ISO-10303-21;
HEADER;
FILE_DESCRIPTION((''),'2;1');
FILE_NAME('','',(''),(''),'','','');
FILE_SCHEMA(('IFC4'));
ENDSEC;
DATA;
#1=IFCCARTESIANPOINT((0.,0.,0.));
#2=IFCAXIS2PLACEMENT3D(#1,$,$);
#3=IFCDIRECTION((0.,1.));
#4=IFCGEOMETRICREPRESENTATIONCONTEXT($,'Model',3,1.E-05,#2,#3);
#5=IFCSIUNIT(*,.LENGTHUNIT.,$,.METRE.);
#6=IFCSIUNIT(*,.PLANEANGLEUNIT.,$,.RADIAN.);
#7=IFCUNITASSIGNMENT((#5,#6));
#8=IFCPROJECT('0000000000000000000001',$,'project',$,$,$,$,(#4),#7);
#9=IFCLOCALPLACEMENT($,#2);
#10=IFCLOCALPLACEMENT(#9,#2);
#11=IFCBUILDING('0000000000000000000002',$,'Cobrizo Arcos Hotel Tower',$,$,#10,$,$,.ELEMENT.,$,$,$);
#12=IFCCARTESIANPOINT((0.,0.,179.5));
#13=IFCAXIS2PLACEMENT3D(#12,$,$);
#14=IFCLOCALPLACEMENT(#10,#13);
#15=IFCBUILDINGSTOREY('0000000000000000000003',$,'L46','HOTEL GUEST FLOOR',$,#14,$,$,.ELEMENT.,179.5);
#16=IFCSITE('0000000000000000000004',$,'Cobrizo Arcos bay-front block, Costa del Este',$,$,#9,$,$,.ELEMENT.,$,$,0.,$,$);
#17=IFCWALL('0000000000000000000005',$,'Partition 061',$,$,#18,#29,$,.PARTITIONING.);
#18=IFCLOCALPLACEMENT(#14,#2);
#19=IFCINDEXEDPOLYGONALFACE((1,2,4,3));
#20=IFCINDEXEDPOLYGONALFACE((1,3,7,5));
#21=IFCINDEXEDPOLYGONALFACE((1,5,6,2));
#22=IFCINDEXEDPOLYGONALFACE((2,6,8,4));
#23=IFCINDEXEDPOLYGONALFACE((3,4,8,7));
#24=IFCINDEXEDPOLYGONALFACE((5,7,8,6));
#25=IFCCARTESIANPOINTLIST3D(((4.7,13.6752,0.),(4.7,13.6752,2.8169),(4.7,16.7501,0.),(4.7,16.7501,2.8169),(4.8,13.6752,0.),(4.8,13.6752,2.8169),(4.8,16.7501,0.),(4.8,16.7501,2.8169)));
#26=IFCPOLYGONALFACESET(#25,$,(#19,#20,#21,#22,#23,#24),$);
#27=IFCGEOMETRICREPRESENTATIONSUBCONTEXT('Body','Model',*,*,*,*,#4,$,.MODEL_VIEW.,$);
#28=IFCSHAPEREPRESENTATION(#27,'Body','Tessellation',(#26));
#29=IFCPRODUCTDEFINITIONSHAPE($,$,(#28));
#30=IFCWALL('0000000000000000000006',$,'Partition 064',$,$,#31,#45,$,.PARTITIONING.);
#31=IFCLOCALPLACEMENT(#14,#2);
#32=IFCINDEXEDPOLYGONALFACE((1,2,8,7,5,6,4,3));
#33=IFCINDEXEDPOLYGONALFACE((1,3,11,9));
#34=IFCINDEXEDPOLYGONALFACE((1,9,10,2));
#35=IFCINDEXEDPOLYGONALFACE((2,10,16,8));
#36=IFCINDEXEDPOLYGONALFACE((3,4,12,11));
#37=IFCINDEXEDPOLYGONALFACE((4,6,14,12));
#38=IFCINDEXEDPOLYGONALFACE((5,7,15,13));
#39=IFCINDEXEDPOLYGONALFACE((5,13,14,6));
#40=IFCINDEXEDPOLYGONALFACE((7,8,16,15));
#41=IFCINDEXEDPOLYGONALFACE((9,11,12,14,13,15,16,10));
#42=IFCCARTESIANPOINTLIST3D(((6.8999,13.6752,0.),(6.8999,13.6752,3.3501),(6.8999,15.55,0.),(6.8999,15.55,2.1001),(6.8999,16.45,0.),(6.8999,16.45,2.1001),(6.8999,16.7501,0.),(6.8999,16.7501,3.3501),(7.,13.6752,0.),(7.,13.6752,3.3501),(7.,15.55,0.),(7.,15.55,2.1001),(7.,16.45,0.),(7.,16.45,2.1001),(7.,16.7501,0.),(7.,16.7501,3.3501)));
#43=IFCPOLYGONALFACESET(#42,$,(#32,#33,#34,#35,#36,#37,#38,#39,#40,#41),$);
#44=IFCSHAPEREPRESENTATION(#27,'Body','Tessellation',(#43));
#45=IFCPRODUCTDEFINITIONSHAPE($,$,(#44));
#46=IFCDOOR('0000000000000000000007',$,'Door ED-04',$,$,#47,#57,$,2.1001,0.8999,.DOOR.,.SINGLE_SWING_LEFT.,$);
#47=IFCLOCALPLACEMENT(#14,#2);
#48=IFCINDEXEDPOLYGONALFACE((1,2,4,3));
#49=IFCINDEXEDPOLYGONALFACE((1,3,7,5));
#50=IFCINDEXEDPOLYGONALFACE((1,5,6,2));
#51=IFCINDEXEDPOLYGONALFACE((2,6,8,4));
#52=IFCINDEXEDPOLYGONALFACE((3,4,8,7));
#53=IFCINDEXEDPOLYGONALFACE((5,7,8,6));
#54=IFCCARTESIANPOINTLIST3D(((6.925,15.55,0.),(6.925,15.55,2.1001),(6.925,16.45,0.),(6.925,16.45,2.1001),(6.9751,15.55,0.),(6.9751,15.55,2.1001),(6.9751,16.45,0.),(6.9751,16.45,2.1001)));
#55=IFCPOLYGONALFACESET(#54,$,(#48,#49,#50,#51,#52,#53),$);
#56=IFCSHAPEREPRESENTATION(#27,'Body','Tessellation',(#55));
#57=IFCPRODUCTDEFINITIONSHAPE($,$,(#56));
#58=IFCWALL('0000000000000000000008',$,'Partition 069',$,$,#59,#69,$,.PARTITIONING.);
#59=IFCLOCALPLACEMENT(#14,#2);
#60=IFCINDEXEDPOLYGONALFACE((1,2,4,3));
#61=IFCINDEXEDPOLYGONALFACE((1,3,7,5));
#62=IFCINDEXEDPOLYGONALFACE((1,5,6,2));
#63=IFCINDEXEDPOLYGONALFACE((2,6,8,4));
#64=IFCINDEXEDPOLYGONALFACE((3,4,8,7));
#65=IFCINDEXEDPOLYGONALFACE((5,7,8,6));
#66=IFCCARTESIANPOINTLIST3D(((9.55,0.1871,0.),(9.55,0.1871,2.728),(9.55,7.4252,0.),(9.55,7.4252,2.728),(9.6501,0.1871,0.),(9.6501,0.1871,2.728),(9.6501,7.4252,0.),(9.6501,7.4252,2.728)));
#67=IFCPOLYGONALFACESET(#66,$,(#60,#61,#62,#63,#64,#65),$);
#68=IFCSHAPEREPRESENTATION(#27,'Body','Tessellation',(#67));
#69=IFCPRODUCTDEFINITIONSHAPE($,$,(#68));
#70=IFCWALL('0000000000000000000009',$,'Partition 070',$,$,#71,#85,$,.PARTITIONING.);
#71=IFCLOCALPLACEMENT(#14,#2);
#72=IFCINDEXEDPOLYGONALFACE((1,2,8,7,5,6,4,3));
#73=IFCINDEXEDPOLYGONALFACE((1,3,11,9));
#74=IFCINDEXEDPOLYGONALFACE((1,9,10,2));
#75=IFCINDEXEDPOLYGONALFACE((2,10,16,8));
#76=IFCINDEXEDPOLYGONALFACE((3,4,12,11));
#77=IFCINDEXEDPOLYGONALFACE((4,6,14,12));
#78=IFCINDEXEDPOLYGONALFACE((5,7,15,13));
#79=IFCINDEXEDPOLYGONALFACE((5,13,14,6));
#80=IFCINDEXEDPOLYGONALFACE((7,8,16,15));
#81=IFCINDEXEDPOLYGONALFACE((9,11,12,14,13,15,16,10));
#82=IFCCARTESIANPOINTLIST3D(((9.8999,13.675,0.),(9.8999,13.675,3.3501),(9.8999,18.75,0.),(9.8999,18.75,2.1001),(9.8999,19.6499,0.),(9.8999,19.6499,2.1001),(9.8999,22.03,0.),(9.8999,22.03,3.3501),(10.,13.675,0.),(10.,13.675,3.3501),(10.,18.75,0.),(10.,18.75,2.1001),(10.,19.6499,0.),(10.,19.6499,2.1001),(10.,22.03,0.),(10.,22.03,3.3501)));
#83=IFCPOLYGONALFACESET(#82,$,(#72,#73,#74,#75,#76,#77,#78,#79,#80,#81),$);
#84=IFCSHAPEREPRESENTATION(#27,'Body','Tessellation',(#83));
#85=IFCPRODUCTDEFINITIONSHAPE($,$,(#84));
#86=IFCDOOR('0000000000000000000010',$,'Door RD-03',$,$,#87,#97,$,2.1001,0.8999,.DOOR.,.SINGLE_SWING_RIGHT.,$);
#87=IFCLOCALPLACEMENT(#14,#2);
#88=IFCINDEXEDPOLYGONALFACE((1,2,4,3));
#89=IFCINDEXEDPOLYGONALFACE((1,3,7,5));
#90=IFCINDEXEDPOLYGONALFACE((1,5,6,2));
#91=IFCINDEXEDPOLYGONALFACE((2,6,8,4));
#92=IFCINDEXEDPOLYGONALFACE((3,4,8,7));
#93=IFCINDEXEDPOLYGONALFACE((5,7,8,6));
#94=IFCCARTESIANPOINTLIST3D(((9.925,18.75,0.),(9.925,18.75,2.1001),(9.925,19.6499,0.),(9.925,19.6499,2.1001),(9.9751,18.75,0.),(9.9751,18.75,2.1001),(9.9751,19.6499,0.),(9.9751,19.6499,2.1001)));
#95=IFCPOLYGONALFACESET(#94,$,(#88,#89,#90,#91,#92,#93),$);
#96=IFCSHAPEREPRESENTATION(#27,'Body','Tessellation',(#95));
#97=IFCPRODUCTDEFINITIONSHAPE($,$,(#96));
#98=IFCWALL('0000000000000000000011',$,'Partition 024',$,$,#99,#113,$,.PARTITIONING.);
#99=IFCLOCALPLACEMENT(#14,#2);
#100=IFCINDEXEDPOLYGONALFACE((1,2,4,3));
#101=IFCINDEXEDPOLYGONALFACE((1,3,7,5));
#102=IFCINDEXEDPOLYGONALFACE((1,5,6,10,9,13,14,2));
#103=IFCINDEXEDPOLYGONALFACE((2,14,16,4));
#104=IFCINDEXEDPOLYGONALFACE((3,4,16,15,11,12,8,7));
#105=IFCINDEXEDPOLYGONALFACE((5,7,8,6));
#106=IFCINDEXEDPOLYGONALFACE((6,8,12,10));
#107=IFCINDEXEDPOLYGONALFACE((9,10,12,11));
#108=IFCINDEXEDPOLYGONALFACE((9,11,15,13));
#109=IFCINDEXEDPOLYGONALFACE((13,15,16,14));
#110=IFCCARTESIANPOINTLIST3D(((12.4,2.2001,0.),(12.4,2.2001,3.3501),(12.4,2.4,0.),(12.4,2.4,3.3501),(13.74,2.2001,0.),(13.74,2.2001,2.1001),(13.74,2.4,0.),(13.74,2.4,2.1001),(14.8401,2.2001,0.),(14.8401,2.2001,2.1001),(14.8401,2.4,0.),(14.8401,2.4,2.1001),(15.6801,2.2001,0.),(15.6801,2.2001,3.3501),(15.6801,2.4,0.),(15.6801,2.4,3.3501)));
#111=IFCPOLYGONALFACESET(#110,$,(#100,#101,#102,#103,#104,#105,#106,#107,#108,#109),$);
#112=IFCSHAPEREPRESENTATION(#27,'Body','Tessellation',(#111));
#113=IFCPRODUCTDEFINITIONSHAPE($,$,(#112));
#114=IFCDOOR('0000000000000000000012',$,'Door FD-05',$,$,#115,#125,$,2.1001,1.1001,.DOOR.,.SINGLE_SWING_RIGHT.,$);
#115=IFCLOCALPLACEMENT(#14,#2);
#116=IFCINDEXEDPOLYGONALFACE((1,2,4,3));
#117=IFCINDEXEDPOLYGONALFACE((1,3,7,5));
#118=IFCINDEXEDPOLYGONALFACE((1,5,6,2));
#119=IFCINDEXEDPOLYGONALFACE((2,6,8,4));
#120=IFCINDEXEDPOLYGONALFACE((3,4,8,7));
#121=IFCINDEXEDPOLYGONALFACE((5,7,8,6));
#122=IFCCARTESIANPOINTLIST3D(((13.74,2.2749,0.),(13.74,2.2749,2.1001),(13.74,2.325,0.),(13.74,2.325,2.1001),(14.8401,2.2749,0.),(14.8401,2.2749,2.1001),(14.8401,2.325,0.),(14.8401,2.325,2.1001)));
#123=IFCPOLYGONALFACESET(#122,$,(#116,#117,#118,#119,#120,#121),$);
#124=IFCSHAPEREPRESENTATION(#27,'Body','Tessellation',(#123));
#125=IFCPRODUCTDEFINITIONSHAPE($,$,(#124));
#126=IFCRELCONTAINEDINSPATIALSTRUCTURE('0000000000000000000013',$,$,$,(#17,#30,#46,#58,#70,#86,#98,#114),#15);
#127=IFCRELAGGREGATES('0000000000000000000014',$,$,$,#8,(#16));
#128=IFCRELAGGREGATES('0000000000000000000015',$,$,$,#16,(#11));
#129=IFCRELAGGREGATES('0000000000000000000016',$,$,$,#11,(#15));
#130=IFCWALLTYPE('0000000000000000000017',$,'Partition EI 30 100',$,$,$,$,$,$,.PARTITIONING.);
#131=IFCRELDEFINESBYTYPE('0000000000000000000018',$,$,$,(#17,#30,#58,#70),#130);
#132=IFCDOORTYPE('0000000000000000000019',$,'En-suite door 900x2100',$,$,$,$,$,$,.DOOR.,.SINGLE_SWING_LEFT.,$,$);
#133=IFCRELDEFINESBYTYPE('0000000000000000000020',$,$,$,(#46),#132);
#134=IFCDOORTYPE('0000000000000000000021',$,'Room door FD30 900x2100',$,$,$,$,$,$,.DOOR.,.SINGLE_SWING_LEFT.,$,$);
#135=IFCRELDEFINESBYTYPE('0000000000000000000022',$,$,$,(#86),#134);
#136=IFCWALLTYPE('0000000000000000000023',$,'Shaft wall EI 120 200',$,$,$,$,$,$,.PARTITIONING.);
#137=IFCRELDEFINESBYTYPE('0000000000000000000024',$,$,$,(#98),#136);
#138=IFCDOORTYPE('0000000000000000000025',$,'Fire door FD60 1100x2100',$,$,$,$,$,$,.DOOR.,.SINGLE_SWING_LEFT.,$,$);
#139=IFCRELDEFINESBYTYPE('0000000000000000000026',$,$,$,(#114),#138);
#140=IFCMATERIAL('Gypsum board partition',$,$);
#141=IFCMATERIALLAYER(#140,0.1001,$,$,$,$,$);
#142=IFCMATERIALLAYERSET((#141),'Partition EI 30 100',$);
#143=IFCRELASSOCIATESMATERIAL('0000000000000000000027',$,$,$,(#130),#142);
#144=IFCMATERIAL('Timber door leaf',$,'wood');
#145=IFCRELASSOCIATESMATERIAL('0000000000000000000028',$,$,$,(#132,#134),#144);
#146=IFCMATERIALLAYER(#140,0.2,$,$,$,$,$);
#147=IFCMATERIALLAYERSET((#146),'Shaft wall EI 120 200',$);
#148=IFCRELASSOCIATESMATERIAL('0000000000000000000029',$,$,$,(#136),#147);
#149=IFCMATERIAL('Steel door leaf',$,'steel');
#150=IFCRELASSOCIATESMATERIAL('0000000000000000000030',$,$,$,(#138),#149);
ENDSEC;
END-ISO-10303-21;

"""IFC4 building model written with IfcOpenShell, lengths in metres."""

from ifc_helpers import new_model, si_unit, direction, frame, frame_2d, origin, place, context, subcontext, project, spatial, rectangle, extrude, material, layer, layer_set, type_object, element, fill, save


model = new_model("IFC4")

# Units and contexts
model_context = context("Model", 3, precision=1e-05, world=origin(), true_north=direction((0.0, 1.0)))
body_context = subcontext(model_context, "Body", "Model", "MODEL_VIEW")
ifc_project = project(units=[si_unit("LENGTHUNIT", "METRE"), si_unit("PLANEANGLEUNIT", "RADIAN")], contexts=[model_context])

# Site, building, storey
site_placement = place(None, origin())
site = spatial("IfcSite", under=ifc_project, at=site_placement, Name="Cobrizo Arcos bay-front block, Costa del Este", CompositionType="ELEMENT", RefElevation=0.0)
building_placement = place(site_placement, origin())
building = spatial("IfcBuilding", under=site, at=building_placement, Name="Cobrizo Arcos Hotel Tower", CompositionType="ELEMENT")
storey_placement = place(building_placement, frame((0.0, 0.0, 179.5)))
storey = spatial("IfcBuildingStorey", under=building, at=storey_placement, Name="L46", Description="HOTEL GUEST FLOOR", CompositionType="ELEMENT", Elevation=179.5)

# Shared definitions
ifc_material_1 = material(Name="Gypsum board partition")
ifc_layer_1 = layer(ifc_material_1, 0.1001)
ifc_layer_set_1 = layer_set([ifc_layer_1], Name="Partition EI 30 100")
wall_type_1 = type_object("IfcWallType", Name="Partition EI 30 100", PredefinedType="PARTITIONING", material=ifc_layer_set_1)

# Shared definitions
ifc_material_2 = material(Name="Timber door leaf", Category="wood")
door_type_1 = type_object("IfcDoorType", Name="En-suite door 900x2100", OperationType="SINGLE_SWING_LEFT", PredefinedType="DOOR", material=ifc_material_2)

# Wall
wall_1_placement = place(storey_placement, frame((4.75, 13.675, 0.0), z_axis=(0.0, 0.0, 1.0), x_axis=(0.0, 1.0, 0.0)))
element("IfcWall", 1, at=wall_1_placement, inside=storey, type_object=wall_type_1, Name="Partition 061", PredefinedType="PARTITIONING", context=body_context, shape_type="SweptSolid", body=[
    extrude(rectangle(XDim=3.075, YDim=0.1001, at=frame_2d((1.5376, 0.0))), origin(), (0.0, 0.0, 1.0), 2.8169),
])

# Wall, opening, door
wall_2_placement = place(storey_placement, frame((6.95, 13.675, 0.0), z_axis=(0.0, 0.0, 1.0), x_axis=(0.0, 1.0, 0.0)))
wall_2 = element("IfcWall", 2, at=wall_2_placement, inside=storey, type_object=wall_type_1, Name="Partition 064", PredefinedType="PARTITIONING", context=body_context, shape_type="SweptSolid", body=[
    extrude(rectangle(XDim=3.075, YDim=0.1001, at=frame_2d((1.5376, 0.0))), origin(), (0.0, 0.0, 1.0), 3.3501),
])
opening_1_placement = place(wall_2_placement, frame((1.875, 0.0, 0.0)))
opening_1 = element("IfcOpeningElement", 3, at=opening_1_placement, cuts=wall_2, PredefinedType="OPENING", context=body_context, shape_type="SweptSolid", body=[
    extrude(rectangle(XDim=0.8999, YDim=2.1001, at=frame_2d((0.45, 1.05))), frame((0.0, 0.062, 0.0), z_axis=(0.0, -1.0, 0.0), x_axis=(1.0, 0.0, 0.0)), (0.0, 0.0, 1.0), 0.124),
])
door_1_placement = place(opening_1_placement, origin())
door_1 = element("IfcDoor", 4, at=door_1_placement, inside=storey, type_object=door_type_1, Name="Door ED-04", OperationType="SINGLE_SWING_LEFT", OverallHeight=2.1001, OverallWidth=0.8999, PredefinedType="DOOR", context=body_context, shape_type="SweptSolid", body=[
    extrude(rectangle(XDim=0.8999, YDim=2.1001, at=frame_2d((0.45, 1.05))), frame((0.0, 0.0249, 0.0), z_axis=(0.0, -1.0, 0.0), x_axis=(1.0, 0.0, 0.0)), (0.0, 0.0, 1.0), 0.05),
])
fill(opening_1, door_1)

# Wall
wall_3_placement = place(storey_placement, frame((9.6001, 0.187, 0.0), z_axis=(0.0, 0.0, 1.0), x_axis=(0.0, 1.0, 0.0)))
element("IfcWall", 5, at=wall_3_placement, inside=storey, type_object=wall_type_1, Name="Partition 069", PredefinedType="PARTITIONING", context=body_context, shape_type="SweptSolid", body=[
    extrude(rectangle(XDim=7.238, YDim=0.1001, at=frame_2d((3.6191, 0.0))), origin(), (0.0, 0.0, 1.0), 2.728),
])

# Walls, openings, doors
wall_4_placement = place(storey_placement, frame((9.95, 13.675, 0.0), z_axis=(0.0, 0.0, 1.0), x_axis=(0.0, 1.0, 0.0)))
wall_4 = element("IfcWall", 6, at=wall_4_placement, inside=storey, type_object=wall_type_1, Name="Partition 070", PredefinedType="PARTITIONING", context=body_context, shape_type="SweptSolid", body=[
    extrude(rectangle(XDim=8.355, YDim=0.1001, at=frame_2d((4.1775, 0.0))), origin(), (0.0, 0.0, 1.0), 3.3501),
])
opening_2_placement = place(wall_4_placement, frame((5.075, 0.0, 0.0)))
opening_2 = element("IfcOpeningElement", 7, at=opening_2_placement, cuts=wall_4, PredefinedType="OPENING", context=body_context, shape_type="SweptSolid", body=[
    extrude(rectangle(XDim=0.8999, YDim=2.1001, at=frame_2d((0.45, 1.05))), frame((0.0, 0.062, 0.0), z_axis=(0.0, -1.0, 0.0), x_axis=(1.0, 0.0, 0.0)), (0.0, 0.0, 1.0), 0.124),
])
door_type_2 = type_object("IfcDoorType", Name="Room door FD30 900x2100", OperationType="SINGLE_SWING_LEFT", PredefinedType="DOOR", material=ifc_material_2)
door_2_placement = place(opening_2_placement, origin())
door_2 = element("IfcDoor", 8, at=door_2_placement, inside=storey, type_object=door_type_2, Name="Door RD-03", OperationType="SINGLE_SWING_RIGHT", OverallHeight=2.1001, OverallWidth=0.8999, PredefinedType="DOOR", context=body_context, shape_type="SweptSolid", body=[
    extrude(rectangle(XDim=0.8999, YDim=2.1001, at=frame_2d((0.45, 1.05))), frame((0.0, 0.0249, 0.0), z_axis=(0.0, -1.0, 0.0), x_axis=(1.0, 0.0, 0.0)), (0.0, 0.0, 1.0), 0.05),
])
fill(opening_2, door_2)
ifc_layer_2 = layer(ifc_material_1, 0.2)
ifc_layer_set_2 = layer_set([ifc_layer_2], Name="Shaft wall EI 120 200")
wall_type_2 = type_object("IfcWallType", Name="Shaft wall EI 120 200", PredefinedType="PARTITIONING", material=ifc_layer_set_2)
wall_5_placement = place(storey_placement, frame((12.3999, 2.3, 0.0), z_axis=(0.0, 0.0, 1.0), x_axis=(1.0, 0.0, 0.0)))
wall_5 = element("IfcWall", 9, at=wall_5_placement, inside=storey, type_object=wall_type_2, Name="Partition 024", PredefinedType="PARTITIONING", context=body_context, shape_type="SweptSolid", body=[
    extrude(rectangle(XDim=3.28, YDim=0.2, at=frame_2d((1.6401, 0.0))), origin(), (0.0, 0.0, 1.0), 3.3501),
])
opening_3_placement = place(wall_5_placement, frame((1.3401, 0.0, 0.0)))
opening_3 = element("IfcOpeningElement", 10, at=opening_3_placement, cuts=wall_5, PredefinedType="OPENING", context=body_context, shape_type="SweptSolid", body=[
    extrude(rectangle(XDim=1.1001, YDim=2.1001, at=frame_2d((0.55, 1.05))), frame((0.0, 0.1121, 0.0), z_axis=(0.0, -1.0, 0.0), x_axis=(1.0, 0.0, 0.0)), (0.0, 0.0, 1.0), 0.2239),
])
ifc_material_3 = material(Name="Steel door leaf", Category="steel")
door_type_3 = type_object("IfcDoorType", Name="Fire door FD60 1100x2100", OperationType="SINGLE_SWING_LEFT", PredefinedType="DOOR", material=ifc_material_3)
door_3_placement = place(opening_3_placement, origin())
door_3 = element("IfcDoor", 11, at=door_3_placement, inside=storey, type_object=door_type_3, Name="Door FD-05", OperationType="SINGLE_SWING_RIGHT", OverallHeight=2.1001, OverallWidth=1.1001, PredefinedType="DOOR", context=body_context, shape_type="SweptSolid", body=[
    extrude(rectangle(XDim=1.1001, YDim=2.1001, at=frame_2d((0.55, 1.05))), frame((0.0, 0.0249, 0.0), z_axis=(0.0, -1.0, 0.0), x_axis=(1.0, 0.0, 0.0)), (0.0, 0.0, 1.0), 0.05),
])
fill(opening_3, door_3)

save(model, "model.ifc")
